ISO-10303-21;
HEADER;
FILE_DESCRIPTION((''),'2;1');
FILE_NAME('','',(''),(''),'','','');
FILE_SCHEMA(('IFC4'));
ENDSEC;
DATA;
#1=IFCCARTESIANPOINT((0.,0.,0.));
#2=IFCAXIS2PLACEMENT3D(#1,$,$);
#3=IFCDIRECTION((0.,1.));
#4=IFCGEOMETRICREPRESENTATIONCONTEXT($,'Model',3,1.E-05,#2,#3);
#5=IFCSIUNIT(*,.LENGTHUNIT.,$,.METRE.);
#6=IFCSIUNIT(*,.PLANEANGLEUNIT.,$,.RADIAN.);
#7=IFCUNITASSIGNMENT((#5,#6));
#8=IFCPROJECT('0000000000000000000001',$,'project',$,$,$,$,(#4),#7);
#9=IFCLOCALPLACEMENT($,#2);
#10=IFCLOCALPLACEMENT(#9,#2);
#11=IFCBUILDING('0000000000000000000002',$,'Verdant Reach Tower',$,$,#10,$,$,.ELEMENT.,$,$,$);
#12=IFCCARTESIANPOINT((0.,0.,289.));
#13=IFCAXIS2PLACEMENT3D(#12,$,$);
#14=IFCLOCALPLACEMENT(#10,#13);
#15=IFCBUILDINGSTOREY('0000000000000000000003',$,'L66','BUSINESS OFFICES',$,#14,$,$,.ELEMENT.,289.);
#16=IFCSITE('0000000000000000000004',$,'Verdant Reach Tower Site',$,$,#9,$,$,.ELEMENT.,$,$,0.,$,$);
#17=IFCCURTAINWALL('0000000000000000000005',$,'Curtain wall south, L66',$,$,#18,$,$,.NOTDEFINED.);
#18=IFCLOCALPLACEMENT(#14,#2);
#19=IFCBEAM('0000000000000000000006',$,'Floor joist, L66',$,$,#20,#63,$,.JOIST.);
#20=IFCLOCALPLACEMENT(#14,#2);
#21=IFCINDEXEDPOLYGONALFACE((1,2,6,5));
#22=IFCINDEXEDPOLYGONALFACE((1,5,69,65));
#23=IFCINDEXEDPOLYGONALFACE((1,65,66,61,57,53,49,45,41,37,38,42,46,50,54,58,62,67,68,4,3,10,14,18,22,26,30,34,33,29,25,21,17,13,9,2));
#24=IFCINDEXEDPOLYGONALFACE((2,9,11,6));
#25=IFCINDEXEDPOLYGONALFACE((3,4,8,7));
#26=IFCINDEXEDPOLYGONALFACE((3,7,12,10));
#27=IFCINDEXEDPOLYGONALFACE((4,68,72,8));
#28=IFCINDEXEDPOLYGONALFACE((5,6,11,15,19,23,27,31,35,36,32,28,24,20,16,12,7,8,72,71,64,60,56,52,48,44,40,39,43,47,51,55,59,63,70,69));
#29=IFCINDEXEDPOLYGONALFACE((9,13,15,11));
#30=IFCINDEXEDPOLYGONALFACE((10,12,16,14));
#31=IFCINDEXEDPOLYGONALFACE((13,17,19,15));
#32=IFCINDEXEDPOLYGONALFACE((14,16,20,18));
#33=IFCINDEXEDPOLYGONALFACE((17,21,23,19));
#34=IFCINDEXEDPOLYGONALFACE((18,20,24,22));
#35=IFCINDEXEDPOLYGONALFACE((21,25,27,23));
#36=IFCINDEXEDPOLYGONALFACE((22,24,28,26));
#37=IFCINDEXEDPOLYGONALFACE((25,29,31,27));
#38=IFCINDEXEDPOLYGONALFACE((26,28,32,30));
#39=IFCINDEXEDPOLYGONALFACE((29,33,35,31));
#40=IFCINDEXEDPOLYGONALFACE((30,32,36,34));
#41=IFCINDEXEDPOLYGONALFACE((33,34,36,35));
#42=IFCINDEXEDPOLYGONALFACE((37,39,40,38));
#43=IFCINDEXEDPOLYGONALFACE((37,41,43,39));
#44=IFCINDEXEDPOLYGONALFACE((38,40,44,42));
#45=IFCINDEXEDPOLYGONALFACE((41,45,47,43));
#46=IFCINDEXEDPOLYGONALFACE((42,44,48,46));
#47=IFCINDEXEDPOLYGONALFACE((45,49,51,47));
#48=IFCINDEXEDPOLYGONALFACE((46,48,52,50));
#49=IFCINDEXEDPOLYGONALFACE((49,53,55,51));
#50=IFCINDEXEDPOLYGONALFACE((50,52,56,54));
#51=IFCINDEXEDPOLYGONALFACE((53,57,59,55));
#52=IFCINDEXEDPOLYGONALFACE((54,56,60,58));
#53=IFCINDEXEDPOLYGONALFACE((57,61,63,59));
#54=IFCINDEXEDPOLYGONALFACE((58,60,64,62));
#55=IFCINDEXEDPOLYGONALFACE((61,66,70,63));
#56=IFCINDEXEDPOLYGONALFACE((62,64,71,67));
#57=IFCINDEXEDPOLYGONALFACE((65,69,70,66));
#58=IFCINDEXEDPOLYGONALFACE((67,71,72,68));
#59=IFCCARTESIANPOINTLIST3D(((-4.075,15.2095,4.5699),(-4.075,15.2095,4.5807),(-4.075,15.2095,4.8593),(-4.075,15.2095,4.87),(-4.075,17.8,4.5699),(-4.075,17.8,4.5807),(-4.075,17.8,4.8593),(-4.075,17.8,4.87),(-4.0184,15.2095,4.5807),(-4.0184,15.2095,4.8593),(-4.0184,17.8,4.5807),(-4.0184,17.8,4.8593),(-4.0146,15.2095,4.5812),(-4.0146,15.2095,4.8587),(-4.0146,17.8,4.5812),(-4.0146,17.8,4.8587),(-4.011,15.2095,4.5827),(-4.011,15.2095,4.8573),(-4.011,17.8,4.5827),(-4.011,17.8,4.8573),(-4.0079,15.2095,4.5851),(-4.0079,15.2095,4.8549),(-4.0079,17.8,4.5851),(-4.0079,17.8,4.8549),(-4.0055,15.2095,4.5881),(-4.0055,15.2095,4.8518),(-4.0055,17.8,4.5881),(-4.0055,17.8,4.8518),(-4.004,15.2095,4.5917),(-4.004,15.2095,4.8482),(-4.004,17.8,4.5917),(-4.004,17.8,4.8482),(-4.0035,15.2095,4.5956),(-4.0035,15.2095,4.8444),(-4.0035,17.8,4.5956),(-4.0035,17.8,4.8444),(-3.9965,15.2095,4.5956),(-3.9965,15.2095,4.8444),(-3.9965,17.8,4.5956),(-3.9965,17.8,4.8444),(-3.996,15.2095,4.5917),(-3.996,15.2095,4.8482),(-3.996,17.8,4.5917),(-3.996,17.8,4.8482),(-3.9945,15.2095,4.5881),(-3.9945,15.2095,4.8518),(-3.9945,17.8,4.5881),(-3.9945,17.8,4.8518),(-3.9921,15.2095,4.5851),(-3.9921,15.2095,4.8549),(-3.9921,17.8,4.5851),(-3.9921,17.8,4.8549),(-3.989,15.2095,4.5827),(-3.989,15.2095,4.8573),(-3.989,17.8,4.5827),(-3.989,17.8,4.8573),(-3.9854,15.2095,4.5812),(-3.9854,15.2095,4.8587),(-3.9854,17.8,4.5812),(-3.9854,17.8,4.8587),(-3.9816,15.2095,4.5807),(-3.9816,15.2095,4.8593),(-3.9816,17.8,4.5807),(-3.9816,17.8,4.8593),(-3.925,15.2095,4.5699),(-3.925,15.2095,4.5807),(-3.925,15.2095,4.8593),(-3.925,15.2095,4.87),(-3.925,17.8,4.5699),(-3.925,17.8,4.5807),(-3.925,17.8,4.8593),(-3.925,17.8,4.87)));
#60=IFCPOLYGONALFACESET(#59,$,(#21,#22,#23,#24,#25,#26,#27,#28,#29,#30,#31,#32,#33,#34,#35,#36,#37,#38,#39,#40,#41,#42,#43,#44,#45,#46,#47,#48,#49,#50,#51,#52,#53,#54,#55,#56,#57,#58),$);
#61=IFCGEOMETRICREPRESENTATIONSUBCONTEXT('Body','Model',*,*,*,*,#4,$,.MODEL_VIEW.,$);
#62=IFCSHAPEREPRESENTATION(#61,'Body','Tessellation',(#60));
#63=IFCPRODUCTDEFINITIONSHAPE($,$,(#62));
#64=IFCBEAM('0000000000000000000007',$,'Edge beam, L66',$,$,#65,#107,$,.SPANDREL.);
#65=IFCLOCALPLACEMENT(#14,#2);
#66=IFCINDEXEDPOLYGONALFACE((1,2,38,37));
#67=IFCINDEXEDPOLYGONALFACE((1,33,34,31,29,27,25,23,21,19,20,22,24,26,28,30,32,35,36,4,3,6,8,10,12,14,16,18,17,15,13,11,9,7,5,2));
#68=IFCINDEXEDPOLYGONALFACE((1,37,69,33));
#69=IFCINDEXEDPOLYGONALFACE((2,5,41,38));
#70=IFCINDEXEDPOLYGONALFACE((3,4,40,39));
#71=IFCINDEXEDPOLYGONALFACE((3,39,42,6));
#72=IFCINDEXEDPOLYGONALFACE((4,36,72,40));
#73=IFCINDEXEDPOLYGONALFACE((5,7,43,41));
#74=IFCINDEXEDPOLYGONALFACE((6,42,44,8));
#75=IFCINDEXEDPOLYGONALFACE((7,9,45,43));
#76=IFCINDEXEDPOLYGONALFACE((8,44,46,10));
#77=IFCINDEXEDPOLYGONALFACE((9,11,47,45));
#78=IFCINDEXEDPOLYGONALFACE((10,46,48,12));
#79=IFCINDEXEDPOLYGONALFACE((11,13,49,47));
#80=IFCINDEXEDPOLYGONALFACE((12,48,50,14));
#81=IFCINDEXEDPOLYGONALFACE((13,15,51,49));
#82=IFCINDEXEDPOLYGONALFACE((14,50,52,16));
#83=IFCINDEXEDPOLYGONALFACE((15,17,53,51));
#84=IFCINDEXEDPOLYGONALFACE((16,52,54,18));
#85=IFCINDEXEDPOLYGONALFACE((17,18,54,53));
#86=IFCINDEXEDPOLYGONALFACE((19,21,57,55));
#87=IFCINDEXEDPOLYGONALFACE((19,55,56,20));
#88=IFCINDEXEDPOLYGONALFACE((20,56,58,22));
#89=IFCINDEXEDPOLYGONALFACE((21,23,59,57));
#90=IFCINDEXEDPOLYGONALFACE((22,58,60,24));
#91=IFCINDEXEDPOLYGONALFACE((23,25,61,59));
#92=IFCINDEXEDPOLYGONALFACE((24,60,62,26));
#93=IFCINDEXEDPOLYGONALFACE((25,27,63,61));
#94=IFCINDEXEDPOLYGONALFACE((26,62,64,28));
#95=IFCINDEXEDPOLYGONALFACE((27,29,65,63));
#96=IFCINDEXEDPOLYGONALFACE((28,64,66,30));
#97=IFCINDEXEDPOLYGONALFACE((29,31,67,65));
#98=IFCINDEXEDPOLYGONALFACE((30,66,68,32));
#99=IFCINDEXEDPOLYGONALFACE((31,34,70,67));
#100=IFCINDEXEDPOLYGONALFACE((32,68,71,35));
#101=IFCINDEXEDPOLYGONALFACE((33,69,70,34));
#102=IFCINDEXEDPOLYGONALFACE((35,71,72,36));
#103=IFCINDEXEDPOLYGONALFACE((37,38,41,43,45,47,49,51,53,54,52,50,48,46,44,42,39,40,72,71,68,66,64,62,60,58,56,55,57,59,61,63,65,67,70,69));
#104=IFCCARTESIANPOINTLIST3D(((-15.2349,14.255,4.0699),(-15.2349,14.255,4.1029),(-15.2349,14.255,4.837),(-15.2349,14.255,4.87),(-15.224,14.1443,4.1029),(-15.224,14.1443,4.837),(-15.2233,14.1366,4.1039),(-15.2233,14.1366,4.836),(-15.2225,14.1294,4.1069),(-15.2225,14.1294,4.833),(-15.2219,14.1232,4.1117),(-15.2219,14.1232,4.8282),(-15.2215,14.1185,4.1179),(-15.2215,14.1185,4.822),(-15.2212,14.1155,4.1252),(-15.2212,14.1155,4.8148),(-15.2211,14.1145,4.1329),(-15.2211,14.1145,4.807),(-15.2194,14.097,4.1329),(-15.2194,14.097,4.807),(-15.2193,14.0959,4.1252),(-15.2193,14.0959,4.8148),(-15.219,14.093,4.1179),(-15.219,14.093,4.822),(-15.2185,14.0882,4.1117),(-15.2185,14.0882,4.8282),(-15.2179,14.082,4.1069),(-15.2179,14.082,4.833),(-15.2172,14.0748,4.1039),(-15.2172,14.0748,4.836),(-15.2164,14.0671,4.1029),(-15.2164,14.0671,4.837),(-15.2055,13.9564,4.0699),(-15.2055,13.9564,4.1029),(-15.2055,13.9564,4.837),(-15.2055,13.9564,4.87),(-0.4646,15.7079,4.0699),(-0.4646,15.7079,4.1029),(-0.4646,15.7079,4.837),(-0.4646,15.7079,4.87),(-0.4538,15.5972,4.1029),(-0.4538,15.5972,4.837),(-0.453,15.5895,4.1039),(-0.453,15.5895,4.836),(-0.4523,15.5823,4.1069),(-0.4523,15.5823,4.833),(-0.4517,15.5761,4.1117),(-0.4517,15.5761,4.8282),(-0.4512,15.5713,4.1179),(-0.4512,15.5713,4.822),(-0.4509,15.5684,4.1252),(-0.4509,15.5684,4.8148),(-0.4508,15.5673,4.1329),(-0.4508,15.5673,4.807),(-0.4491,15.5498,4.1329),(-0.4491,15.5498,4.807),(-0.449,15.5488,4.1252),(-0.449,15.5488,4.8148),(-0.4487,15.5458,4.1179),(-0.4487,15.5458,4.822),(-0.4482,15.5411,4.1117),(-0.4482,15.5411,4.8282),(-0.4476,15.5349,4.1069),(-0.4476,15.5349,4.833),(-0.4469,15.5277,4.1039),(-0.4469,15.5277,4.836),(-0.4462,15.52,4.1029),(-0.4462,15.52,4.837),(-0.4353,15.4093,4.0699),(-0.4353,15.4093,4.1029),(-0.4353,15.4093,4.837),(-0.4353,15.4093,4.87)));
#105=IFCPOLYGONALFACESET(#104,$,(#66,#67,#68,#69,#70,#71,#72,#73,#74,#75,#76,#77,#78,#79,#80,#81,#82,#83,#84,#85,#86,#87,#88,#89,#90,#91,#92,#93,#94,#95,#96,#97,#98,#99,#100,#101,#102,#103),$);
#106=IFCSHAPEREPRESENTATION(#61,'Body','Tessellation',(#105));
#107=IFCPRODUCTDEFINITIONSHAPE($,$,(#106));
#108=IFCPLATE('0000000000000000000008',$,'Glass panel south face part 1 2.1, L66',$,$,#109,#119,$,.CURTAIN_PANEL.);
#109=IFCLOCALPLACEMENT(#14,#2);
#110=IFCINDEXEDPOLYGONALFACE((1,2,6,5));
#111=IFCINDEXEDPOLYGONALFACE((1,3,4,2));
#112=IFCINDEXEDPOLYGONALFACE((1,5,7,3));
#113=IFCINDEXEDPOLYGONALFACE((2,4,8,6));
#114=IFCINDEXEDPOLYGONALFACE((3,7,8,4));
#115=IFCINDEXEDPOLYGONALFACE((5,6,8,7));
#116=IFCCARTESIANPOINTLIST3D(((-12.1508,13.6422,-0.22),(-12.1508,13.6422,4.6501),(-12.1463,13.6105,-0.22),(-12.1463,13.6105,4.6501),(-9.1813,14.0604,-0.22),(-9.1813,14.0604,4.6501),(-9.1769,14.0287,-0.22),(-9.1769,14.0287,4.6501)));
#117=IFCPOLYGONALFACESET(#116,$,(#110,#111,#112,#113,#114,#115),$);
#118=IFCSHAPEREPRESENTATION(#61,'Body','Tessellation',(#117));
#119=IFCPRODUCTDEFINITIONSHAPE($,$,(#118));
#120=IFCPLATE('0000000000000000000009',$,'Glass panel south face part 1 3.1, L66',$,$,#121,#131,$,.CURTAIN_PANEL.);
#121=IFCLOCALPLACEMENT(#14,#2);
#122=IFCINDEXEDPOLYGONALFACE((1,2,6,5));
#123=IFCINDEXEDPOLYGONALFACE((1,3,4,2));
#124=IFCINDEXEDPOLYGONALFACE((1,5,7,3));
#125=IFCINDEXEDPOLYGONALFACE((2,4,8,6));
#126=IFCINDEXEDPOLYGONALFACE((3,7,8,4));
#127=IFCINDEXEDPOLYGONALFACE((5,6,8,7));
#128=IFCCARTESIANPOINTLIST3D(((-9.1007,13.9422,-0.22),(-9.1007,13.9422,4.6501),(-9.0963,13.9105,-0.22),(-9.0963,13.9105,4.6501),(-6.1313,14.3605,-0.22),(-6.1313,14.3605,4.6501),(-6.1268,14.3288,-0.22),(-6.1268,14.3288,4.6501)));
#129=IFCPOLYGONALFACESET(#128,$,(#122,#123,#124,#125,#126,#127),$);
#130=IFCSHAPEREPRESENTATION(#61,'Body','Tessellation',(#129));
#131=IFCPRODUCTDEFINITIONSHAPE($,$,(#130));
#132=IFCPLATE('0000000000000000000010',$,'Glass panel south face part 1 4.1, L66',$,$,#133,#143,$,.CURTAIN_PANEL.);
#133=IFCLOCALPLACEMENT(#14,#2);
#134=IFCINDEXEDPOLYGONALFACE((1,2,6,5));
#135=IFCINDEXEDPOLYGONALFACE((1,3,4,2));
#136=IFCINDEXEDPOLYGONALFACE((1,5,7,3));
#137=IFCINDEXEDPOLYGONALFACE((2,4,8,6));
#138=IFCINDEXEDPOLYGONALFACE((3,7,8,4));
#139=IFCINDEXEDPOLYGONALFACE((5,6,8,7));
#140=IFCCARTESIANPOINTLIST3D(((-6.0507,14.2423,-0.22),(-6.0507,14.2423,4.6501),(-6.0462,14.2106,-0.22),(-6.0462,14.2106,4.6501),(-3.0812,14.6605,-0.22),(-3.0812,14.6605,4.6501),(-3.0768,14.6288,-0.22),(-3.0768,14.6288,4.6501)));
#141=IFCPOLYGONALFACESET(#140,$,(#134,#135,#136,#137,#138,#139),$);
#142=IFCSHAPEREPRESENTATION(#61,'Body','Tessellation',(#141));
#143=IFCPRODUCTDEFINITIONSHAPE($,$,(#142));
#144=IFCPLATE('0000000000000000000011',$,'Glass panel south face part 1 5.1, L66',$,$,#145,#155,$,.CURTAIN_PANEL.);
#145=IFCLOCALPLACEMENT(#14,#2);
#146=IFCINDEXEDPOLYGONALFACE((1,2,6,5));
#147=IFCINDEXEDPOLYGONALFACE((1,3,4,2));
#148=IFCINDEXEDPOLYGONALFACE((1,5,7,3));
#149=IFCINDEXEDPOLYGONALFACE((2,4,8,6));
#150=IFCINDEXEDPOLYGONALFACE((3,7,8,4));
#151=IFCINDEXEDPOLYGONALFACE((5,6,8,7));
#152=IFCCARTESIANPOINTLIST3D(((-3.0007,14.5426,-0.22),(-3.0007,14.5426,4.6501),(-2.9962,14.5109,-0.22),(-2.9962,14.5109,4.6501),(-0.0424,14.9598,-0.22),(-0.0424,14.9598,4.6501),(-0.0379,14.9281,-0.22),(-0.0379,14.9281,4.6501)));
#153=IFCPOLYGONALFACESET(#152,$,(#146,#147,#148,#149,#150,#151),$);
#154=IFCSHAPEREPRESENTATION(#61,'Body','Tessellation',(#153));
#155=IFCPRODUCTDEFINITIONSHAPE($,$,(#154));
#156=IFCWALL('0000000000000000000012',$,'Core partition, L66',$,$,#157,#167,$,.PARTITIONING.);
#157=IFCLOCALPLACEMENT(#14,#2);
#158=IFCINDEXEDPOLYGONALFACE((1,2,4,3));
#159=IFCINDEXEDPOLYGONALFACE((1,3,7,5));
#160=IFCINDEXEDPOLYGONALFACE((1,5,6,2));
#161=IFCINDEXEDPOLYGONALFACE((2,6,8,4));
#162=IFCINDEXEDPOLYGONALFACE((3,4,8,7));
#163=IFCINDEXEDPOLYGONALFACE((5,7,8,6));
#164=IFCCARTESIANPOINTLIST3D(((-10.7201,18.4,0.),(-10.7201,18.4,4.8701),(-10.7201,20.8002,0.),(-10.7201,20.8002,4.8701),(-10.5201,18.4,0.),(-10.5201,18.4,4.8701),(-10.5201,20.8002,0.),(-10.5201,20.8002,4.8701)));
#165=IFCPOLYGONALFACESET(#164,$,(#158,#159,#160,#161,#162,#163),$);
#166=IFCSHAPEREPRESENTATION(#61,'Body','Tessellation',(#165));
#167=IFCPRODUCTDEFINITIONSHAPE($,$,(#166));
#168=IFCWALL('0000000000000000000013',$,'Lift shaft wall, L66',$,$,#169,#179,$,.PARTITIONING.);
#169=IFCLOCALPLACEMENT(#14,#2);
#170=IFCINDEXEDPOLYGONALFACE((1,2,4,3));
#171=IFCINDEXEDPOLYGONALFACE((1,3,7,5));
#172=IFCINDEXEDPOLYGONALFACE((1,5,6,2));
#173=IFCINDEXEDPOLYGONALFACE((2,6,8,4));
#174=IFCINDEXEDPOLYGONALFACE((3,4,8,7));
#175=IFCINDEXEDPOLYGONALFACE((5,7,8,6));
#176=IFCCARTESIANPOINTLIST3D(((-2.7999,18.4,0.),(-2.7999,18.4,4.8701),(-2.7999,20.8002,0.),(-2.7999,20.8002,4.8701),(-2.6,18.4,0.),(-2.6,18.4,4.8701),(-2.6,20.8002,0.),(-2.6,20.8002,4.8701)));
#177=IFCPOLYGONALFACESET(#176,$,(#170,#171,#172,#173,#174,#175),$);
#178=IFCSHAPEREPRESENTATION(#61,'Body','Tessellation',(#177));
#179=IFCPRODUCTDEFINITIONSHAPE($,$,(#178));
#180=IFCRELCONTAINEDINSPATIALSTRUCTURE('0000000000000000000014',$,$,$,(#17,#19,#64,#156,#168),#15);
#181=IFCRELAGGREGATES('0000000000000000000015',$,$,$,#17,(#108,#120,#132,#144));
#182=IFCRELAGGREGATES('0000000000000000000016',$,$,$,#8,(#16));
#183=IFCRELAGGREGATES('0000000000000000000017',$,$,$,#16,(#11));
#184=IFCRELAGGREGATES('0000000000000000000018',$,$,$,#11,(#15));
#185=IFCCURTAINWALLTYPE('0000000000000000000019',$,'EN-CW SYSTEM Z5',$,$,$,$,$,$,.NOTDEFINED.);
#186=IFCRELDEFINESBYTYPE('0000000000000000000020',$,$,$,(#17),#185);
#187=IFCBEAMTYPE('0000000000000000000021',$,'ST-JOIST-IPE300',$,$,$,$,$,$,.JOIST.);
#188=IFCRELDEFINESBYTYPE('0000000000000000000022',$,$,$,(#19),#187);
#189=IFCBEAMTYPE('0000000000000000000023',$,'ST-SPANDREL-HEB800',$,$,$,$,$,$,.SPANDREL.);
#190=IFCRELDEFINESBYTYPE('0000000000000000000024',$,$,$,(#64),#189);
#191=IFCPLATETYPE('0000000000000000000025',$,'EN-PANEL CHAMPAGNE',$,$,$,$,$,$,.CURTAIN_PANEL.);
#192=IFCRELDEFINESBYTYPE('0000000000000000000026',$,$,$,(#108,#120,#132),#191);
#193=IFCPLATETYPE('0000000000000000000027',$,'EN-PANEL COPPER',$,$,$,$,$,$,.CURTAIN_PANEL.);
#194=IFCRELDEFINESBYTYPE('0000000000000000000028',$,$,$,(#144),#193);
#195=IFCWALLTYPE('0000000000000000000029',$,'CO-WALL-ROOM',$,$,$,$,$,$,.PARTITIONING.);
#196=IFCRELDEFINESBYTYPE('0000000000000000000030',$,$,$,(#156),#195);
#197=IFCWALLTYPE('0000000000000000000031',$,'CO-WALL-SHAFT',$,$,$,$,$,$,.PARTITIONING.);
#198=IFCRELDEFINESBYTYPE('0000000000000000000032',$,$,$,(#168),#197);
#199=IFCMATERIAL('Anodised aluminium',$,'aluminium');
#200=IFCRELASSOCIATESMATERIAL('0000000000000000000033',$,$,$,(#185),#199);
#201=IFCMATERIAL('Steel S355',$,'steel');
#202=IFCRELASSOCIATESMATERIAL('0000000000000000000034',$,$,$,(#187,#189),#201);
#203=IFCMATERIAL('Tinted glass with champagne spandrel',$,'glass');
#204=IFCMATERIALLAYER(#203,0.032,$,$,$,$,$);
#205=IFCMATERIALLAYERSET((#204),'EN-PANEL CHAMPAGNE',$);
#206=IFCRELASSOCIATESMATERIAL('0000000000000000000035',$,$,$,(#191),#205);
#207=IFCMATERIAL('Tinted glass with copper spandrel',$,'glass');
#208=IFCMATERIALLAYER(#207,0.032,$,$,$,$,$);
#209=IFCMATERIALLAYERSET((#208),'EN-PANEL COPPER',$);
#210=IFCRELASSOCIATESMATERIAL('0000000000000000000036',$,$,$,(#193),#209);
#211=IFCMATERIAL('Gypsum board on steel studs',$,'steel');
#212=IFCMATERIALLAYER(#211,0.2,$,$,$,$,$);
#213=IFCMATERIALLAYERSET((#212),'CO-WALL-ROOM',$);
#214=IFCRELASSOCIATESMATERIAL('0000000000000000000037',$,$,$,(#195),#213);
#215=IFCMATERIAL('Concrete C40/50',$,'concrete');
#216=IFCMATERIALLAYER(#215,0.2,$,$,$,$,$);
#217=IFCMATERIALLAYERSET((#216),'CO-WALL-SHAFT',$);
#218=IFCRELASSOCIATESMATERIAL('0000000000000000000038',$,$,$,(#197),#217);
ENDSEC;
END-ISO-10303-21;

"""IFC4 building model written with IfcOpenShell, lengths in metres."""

from ifc_helpers import new_model, si_unit, direction, frame, frame_2d, origin, origin_2d, place, context, subcontext, project, spatial, rectangle, i_section, extrude, material, layer, layer_set, material_profile, profile_set, type_object, element, aggregate, save


model = new_model("IFC4")

# Units and contexts
model_context = context("Model", 3, precision=1e-05, world=origin(), true_north=direction((0.0, 1.0)))
body_context = subcontext(model_context, "Body", "Model", "MODEL_VIEW")
ifc_project = project(units=[si_unit("LENGTHUNIT", "METRE"), si_unit("PLANEANGLEUNIT", "RADIAN")], contexts=[model_context])

# Site, building, storey
site_placement = place(None, origin())
site = spatial("IfcSite", under=ifc_project, at=site_placement, Name="Verdant Reach Tower Site", CompositionType="ELEMENT", RefElevation=0.0)
building_placement = place(site_placement, origin())
building = spatial("IfcBuilding", under=site, at=building_placement, Name="Verdant Reach Tower", CompositionType="ELEMENT")
storey_placement = place(building_placement, frame((0.0, 0.0, 289.0)))
storey = spatial("IfcBuildingStorey", under=building, at=storey_placement, Name="L66", Description="BUSINESS OFFICES", CompositionType="ELEMENT", Elevation=289.0)

# Curtain wall
ifc_material_1 = material(Name="Anodised aluminium", Category="aluminium")
curtain_wall_type = type_object("IfcCurtainWallType", Name="EN-CW SYSTEM Z5", PredefinedType="NOTDEFINED", material=ifc_material_1)
curtain_wall_placement = place(storey_placement, origin())
curtain_wall = element("IfcCurtainWall", 1, at=curtain_wall_placement, inside=storey, type_object=curtain_wall_type, Name="Curtain wall south, L66", PredefinedType="NOTDEFINED")

# Beams
ifc_material_2 = material(Name="Steel S355", Category="steel")
ifc_material_profile_1 = material_profile(ifc_material_2, i_section(OverallWidth=0.1499, OverallDepth=0.3, WebThickness=0.0071, FlangeThickness=0.0107, FilletRadius=0.0149, at=origin_2d()), Name="IPE 300")
ifc_profile_set_1 = profile_set([ifc_material_profile_1], Name="Steel S355")
beam_type_1 = type_object("IfcBeamType", Name="ST-JOIST-IPE300", PredefinedType="JOIST", material=ifc_profile_set_1)
beam_1_placement = place(storey_placement, frame((-4.0, 17.8, 4.72), z_axis=(0.0, -1.0, 0.0), x_axis=(1.0, 0.0, 0.0)))
element("IfcBeam", 2, at=beam_1_placement, inside=storey, type_object=beam_type_1, Name="Floor joist, L66", PredefinedType="JOIST", context=body_context, shape_type="SweptSolid", body=[
    extrude(i_section(OverallWidth=0.1499, OverallDepth=0.3, WebThickness=0.0071, FlangeThickness=0.0107, FilletRadius=0.0149, at=origin_2d()), origin(), (0.0, 0.0, 1.0), 2.5906),
])
ifc_material_profile_2 = material_profile(ifc_material_2, i_section(OverallWidth=0.3, OverallDepth=0.8, WebThickness=0.0176, FlangeThickness=0.033, FilletRadius=0.03, at=origin_2d()), Name="HEB 800")
ifc_profile_set_2 = profile_set([ifc_material_profile_2], Name="Steel S355")
beam_type_2 = type_object("IfcBeamType", Name="ST-SPANDREL-HEB800", PredefinedType="SPANDREL", material=ifc_profile_set_2)
beam_2_placement = place(storey_placement, frame((-0.45, 15.5586, 4.47), z_axis=(-0.995197, -0.097893, 0.0), x_axis=(0.097893, -0.995197, 0.0)))
element("IfcBeam", 3, at=beam_2_placement, inside=storey, type_object=beam_type_2, Name="Edge beam, L66", PredefinedType="SPANDREL", context=body_context, shape_type="SweptSolid", body=[
    extrude(i_section(OverallWidth=0.3, OverallDepth=0.8, WebThickness=0.0176, FlangeThickness=0.033, FilletRadius=0.03, at=origin_2d()), origin(), (0.0, 0.0, 1.0), 14.8416),
])

# Plates
ifc_material_3 = material(Name="Tinted glass with champagne spandrel", Category="glass")
ifc_layer_1 = layer(ifc_material_3, 0.032)
ifc_layer_set_1 = layer_set([ifc_layer_1], Name="EN-PANEL CHAMPAGNE")
plate_type_1 = type_object("IfcPlateType", Name="EN-PANEL CHAMPAGNE", PredefinedType="CURTAIN_PANEL", material=ifc_layer_set_1)
plate_1_placement = place(storey_placement, frame((-10.6638, 13.8354, -0.22), z_axis=(0.0, 0.0, 1.0), x_axis=(0.990225, 0.139477, 0.0)))
plate_1 = element("IfcPlate", 4, at=plate_1_placement, type_object=plate_type_1, Name="Glass panel south face part 1 2.1, L66", PredefinedType="CURTAIN_PANEL", context=body_context, shape_type="SweptSolid", body=[
    extrude(rectangle(XDim=2.9988, YDim=0.032, at=origin_2d()), origin(), (0.0, 0.0, 1.0), 4.8701),
])
plate_2_placement = place(storey_placement, frame((-7.6138, 14.1355, -0.22), z_axis=(0.0, 0.0, 1.0), x_axis=(0.990225, 0.139477, 0.0)))
plate_2 = element("IfcPlate", 5, at=plate_2_placement, type_object=plate_type_1, Name="Glass panel south face part 1 3.1, L66", PredefinedType="CURTAIN_PANEL", context=body_context, shape_type="SweptSolid", body=[
    extrude(rectangle(XDim=2.9988, YDim=0.032, at=origin_2d()), origin(), (0.0, 0.0, 1.0), 4.8701),
])
plate_3_placement = place(storey_placement, frame((-4.5637, 14.4355, -0.22), z_axis=(0.0, 0.0, 1.0), x_axis=(0.990225, 0.139477, 0.0)))
plate_3 = element("IfcPlate", 6, at=plate_3_placement, type_object=plate_type_1, Name="Glass panel south face part 1 4.1, L66", PredefinedType="CURTAIN_PANEL", context=body_context, shape_type="SweptSolid", body=[
    extrude(rectangle(XDim=2.9988, YDim=0.032, at=origin_2d()), origin(), (0.0, 0.0, 1.0), 4.8701),
])
ifc_material_4 = material(Name="Tinted glass with copper spandrel", Category="glass")
ifc_layer_2 = layer(ifc_material_4, 0.032)
ifc_layer_set_2 = layer_set([ifc_layer_2], Name="EN-PANEL COPPER")
plate_type_2 = type_object("IfcPlateType", Name="EN-PANEL COPPER", PredefinedType="CURTAIN_PANEL", material=ifc_layer_set_2)
plate_4_placement = place(storey_placement, frame((-1.5193, 14.7354, -0.22), z_axis=(0.0, 0.0, 1.0), x_axis=(0.9902, 0.139656, 0.0)))
plate_4 = element("IfcPlate", 7, at=plate_4_placement, type_object=plate_type_2, Name="Glass panel south face part 1 5.1, L66", PredefinedType="CURTAIN_PANEL", context=body_context, shape_type="SweptSolid", body=[
    extrude(rectangle(XDim=2.9875, YDim=0.032, at=origin_2d()), origin(), (0.0, 0.0, 1.0), 4.8701),
])
aggregate(curtain_wall, [plate_1, plate_2, plate_3, plate_4])

# Walls
ifc_material_5 = material(Name="Gypsum board on steel studs", Category="steel")
ifc_layer_3 = layer(ifc_material_5, 0.2)
ifc_layer_set_3 = layer_set([ifc_layer_3], Name="CO-WALL-ROOM")
wall_type_1 = type_object("IfcWallType", Name="CO-WALL-ROOM", PredefinedType="PARTITIONING", material=ifc_layer_set_3)
wall_1_placement = place(storey_placement, frame((-10.6201, 18.3999, 0.0), z_axis=(0.0, 0.0, 1.0), x_axis=(0.0, 1.0, 0.0)))
element("IfcWall", 8, at=wall_1_placement, inside=storey, type_object=wall_type_1, Name="Core partition, L66", PredefinedType="PARTITIONING", context=body_context, shape_type="SweptSolid", body=[
    extrude(rectangle(XDim=2.4001, YDim=0.2, at=frame_2d((1.2002, 0.0))), origin(), (0.0, 0.0, 1.0), 4.8701),
])
ifc_material_6 = material(Name="Concrete C40/50", Category="concrete")
ifc_layer_4 = layer(ifc_material_6, 0.2)
ifc_layer_set_4 = layer_set([ifc_layer_4], Name="CO-WALL-SHAFT")
wall_type_2 = type_object("IfcWallType", Name="CO-WALL-SHAFT", PredefinedType="PARTITIONING", material=ifc_layer_set_4)
wall_2_placement = place(storey_placement, frame((-2.7, 18.3999, 0.0), z_axis=(0.0, 0.0, 1.0), x_axis=(0.0, 1.0, 0.0)))
element("IfcWall", 9, at=wall_2_placement, inside=storey, type_object=wall_type_2, Name="Lift shaft wall, L66", PredefinedType="PARTITIONING", context=body_context, shape_type="SweptSolid", body=[
    extrude(rectangle(XDim=2.4001, YDim=0.2, at=frame_2d((1.2002, 0.0))), origin(), (0.0, 0.0, 1.0), 4.8701),
])

save(model, "model.ifc")
